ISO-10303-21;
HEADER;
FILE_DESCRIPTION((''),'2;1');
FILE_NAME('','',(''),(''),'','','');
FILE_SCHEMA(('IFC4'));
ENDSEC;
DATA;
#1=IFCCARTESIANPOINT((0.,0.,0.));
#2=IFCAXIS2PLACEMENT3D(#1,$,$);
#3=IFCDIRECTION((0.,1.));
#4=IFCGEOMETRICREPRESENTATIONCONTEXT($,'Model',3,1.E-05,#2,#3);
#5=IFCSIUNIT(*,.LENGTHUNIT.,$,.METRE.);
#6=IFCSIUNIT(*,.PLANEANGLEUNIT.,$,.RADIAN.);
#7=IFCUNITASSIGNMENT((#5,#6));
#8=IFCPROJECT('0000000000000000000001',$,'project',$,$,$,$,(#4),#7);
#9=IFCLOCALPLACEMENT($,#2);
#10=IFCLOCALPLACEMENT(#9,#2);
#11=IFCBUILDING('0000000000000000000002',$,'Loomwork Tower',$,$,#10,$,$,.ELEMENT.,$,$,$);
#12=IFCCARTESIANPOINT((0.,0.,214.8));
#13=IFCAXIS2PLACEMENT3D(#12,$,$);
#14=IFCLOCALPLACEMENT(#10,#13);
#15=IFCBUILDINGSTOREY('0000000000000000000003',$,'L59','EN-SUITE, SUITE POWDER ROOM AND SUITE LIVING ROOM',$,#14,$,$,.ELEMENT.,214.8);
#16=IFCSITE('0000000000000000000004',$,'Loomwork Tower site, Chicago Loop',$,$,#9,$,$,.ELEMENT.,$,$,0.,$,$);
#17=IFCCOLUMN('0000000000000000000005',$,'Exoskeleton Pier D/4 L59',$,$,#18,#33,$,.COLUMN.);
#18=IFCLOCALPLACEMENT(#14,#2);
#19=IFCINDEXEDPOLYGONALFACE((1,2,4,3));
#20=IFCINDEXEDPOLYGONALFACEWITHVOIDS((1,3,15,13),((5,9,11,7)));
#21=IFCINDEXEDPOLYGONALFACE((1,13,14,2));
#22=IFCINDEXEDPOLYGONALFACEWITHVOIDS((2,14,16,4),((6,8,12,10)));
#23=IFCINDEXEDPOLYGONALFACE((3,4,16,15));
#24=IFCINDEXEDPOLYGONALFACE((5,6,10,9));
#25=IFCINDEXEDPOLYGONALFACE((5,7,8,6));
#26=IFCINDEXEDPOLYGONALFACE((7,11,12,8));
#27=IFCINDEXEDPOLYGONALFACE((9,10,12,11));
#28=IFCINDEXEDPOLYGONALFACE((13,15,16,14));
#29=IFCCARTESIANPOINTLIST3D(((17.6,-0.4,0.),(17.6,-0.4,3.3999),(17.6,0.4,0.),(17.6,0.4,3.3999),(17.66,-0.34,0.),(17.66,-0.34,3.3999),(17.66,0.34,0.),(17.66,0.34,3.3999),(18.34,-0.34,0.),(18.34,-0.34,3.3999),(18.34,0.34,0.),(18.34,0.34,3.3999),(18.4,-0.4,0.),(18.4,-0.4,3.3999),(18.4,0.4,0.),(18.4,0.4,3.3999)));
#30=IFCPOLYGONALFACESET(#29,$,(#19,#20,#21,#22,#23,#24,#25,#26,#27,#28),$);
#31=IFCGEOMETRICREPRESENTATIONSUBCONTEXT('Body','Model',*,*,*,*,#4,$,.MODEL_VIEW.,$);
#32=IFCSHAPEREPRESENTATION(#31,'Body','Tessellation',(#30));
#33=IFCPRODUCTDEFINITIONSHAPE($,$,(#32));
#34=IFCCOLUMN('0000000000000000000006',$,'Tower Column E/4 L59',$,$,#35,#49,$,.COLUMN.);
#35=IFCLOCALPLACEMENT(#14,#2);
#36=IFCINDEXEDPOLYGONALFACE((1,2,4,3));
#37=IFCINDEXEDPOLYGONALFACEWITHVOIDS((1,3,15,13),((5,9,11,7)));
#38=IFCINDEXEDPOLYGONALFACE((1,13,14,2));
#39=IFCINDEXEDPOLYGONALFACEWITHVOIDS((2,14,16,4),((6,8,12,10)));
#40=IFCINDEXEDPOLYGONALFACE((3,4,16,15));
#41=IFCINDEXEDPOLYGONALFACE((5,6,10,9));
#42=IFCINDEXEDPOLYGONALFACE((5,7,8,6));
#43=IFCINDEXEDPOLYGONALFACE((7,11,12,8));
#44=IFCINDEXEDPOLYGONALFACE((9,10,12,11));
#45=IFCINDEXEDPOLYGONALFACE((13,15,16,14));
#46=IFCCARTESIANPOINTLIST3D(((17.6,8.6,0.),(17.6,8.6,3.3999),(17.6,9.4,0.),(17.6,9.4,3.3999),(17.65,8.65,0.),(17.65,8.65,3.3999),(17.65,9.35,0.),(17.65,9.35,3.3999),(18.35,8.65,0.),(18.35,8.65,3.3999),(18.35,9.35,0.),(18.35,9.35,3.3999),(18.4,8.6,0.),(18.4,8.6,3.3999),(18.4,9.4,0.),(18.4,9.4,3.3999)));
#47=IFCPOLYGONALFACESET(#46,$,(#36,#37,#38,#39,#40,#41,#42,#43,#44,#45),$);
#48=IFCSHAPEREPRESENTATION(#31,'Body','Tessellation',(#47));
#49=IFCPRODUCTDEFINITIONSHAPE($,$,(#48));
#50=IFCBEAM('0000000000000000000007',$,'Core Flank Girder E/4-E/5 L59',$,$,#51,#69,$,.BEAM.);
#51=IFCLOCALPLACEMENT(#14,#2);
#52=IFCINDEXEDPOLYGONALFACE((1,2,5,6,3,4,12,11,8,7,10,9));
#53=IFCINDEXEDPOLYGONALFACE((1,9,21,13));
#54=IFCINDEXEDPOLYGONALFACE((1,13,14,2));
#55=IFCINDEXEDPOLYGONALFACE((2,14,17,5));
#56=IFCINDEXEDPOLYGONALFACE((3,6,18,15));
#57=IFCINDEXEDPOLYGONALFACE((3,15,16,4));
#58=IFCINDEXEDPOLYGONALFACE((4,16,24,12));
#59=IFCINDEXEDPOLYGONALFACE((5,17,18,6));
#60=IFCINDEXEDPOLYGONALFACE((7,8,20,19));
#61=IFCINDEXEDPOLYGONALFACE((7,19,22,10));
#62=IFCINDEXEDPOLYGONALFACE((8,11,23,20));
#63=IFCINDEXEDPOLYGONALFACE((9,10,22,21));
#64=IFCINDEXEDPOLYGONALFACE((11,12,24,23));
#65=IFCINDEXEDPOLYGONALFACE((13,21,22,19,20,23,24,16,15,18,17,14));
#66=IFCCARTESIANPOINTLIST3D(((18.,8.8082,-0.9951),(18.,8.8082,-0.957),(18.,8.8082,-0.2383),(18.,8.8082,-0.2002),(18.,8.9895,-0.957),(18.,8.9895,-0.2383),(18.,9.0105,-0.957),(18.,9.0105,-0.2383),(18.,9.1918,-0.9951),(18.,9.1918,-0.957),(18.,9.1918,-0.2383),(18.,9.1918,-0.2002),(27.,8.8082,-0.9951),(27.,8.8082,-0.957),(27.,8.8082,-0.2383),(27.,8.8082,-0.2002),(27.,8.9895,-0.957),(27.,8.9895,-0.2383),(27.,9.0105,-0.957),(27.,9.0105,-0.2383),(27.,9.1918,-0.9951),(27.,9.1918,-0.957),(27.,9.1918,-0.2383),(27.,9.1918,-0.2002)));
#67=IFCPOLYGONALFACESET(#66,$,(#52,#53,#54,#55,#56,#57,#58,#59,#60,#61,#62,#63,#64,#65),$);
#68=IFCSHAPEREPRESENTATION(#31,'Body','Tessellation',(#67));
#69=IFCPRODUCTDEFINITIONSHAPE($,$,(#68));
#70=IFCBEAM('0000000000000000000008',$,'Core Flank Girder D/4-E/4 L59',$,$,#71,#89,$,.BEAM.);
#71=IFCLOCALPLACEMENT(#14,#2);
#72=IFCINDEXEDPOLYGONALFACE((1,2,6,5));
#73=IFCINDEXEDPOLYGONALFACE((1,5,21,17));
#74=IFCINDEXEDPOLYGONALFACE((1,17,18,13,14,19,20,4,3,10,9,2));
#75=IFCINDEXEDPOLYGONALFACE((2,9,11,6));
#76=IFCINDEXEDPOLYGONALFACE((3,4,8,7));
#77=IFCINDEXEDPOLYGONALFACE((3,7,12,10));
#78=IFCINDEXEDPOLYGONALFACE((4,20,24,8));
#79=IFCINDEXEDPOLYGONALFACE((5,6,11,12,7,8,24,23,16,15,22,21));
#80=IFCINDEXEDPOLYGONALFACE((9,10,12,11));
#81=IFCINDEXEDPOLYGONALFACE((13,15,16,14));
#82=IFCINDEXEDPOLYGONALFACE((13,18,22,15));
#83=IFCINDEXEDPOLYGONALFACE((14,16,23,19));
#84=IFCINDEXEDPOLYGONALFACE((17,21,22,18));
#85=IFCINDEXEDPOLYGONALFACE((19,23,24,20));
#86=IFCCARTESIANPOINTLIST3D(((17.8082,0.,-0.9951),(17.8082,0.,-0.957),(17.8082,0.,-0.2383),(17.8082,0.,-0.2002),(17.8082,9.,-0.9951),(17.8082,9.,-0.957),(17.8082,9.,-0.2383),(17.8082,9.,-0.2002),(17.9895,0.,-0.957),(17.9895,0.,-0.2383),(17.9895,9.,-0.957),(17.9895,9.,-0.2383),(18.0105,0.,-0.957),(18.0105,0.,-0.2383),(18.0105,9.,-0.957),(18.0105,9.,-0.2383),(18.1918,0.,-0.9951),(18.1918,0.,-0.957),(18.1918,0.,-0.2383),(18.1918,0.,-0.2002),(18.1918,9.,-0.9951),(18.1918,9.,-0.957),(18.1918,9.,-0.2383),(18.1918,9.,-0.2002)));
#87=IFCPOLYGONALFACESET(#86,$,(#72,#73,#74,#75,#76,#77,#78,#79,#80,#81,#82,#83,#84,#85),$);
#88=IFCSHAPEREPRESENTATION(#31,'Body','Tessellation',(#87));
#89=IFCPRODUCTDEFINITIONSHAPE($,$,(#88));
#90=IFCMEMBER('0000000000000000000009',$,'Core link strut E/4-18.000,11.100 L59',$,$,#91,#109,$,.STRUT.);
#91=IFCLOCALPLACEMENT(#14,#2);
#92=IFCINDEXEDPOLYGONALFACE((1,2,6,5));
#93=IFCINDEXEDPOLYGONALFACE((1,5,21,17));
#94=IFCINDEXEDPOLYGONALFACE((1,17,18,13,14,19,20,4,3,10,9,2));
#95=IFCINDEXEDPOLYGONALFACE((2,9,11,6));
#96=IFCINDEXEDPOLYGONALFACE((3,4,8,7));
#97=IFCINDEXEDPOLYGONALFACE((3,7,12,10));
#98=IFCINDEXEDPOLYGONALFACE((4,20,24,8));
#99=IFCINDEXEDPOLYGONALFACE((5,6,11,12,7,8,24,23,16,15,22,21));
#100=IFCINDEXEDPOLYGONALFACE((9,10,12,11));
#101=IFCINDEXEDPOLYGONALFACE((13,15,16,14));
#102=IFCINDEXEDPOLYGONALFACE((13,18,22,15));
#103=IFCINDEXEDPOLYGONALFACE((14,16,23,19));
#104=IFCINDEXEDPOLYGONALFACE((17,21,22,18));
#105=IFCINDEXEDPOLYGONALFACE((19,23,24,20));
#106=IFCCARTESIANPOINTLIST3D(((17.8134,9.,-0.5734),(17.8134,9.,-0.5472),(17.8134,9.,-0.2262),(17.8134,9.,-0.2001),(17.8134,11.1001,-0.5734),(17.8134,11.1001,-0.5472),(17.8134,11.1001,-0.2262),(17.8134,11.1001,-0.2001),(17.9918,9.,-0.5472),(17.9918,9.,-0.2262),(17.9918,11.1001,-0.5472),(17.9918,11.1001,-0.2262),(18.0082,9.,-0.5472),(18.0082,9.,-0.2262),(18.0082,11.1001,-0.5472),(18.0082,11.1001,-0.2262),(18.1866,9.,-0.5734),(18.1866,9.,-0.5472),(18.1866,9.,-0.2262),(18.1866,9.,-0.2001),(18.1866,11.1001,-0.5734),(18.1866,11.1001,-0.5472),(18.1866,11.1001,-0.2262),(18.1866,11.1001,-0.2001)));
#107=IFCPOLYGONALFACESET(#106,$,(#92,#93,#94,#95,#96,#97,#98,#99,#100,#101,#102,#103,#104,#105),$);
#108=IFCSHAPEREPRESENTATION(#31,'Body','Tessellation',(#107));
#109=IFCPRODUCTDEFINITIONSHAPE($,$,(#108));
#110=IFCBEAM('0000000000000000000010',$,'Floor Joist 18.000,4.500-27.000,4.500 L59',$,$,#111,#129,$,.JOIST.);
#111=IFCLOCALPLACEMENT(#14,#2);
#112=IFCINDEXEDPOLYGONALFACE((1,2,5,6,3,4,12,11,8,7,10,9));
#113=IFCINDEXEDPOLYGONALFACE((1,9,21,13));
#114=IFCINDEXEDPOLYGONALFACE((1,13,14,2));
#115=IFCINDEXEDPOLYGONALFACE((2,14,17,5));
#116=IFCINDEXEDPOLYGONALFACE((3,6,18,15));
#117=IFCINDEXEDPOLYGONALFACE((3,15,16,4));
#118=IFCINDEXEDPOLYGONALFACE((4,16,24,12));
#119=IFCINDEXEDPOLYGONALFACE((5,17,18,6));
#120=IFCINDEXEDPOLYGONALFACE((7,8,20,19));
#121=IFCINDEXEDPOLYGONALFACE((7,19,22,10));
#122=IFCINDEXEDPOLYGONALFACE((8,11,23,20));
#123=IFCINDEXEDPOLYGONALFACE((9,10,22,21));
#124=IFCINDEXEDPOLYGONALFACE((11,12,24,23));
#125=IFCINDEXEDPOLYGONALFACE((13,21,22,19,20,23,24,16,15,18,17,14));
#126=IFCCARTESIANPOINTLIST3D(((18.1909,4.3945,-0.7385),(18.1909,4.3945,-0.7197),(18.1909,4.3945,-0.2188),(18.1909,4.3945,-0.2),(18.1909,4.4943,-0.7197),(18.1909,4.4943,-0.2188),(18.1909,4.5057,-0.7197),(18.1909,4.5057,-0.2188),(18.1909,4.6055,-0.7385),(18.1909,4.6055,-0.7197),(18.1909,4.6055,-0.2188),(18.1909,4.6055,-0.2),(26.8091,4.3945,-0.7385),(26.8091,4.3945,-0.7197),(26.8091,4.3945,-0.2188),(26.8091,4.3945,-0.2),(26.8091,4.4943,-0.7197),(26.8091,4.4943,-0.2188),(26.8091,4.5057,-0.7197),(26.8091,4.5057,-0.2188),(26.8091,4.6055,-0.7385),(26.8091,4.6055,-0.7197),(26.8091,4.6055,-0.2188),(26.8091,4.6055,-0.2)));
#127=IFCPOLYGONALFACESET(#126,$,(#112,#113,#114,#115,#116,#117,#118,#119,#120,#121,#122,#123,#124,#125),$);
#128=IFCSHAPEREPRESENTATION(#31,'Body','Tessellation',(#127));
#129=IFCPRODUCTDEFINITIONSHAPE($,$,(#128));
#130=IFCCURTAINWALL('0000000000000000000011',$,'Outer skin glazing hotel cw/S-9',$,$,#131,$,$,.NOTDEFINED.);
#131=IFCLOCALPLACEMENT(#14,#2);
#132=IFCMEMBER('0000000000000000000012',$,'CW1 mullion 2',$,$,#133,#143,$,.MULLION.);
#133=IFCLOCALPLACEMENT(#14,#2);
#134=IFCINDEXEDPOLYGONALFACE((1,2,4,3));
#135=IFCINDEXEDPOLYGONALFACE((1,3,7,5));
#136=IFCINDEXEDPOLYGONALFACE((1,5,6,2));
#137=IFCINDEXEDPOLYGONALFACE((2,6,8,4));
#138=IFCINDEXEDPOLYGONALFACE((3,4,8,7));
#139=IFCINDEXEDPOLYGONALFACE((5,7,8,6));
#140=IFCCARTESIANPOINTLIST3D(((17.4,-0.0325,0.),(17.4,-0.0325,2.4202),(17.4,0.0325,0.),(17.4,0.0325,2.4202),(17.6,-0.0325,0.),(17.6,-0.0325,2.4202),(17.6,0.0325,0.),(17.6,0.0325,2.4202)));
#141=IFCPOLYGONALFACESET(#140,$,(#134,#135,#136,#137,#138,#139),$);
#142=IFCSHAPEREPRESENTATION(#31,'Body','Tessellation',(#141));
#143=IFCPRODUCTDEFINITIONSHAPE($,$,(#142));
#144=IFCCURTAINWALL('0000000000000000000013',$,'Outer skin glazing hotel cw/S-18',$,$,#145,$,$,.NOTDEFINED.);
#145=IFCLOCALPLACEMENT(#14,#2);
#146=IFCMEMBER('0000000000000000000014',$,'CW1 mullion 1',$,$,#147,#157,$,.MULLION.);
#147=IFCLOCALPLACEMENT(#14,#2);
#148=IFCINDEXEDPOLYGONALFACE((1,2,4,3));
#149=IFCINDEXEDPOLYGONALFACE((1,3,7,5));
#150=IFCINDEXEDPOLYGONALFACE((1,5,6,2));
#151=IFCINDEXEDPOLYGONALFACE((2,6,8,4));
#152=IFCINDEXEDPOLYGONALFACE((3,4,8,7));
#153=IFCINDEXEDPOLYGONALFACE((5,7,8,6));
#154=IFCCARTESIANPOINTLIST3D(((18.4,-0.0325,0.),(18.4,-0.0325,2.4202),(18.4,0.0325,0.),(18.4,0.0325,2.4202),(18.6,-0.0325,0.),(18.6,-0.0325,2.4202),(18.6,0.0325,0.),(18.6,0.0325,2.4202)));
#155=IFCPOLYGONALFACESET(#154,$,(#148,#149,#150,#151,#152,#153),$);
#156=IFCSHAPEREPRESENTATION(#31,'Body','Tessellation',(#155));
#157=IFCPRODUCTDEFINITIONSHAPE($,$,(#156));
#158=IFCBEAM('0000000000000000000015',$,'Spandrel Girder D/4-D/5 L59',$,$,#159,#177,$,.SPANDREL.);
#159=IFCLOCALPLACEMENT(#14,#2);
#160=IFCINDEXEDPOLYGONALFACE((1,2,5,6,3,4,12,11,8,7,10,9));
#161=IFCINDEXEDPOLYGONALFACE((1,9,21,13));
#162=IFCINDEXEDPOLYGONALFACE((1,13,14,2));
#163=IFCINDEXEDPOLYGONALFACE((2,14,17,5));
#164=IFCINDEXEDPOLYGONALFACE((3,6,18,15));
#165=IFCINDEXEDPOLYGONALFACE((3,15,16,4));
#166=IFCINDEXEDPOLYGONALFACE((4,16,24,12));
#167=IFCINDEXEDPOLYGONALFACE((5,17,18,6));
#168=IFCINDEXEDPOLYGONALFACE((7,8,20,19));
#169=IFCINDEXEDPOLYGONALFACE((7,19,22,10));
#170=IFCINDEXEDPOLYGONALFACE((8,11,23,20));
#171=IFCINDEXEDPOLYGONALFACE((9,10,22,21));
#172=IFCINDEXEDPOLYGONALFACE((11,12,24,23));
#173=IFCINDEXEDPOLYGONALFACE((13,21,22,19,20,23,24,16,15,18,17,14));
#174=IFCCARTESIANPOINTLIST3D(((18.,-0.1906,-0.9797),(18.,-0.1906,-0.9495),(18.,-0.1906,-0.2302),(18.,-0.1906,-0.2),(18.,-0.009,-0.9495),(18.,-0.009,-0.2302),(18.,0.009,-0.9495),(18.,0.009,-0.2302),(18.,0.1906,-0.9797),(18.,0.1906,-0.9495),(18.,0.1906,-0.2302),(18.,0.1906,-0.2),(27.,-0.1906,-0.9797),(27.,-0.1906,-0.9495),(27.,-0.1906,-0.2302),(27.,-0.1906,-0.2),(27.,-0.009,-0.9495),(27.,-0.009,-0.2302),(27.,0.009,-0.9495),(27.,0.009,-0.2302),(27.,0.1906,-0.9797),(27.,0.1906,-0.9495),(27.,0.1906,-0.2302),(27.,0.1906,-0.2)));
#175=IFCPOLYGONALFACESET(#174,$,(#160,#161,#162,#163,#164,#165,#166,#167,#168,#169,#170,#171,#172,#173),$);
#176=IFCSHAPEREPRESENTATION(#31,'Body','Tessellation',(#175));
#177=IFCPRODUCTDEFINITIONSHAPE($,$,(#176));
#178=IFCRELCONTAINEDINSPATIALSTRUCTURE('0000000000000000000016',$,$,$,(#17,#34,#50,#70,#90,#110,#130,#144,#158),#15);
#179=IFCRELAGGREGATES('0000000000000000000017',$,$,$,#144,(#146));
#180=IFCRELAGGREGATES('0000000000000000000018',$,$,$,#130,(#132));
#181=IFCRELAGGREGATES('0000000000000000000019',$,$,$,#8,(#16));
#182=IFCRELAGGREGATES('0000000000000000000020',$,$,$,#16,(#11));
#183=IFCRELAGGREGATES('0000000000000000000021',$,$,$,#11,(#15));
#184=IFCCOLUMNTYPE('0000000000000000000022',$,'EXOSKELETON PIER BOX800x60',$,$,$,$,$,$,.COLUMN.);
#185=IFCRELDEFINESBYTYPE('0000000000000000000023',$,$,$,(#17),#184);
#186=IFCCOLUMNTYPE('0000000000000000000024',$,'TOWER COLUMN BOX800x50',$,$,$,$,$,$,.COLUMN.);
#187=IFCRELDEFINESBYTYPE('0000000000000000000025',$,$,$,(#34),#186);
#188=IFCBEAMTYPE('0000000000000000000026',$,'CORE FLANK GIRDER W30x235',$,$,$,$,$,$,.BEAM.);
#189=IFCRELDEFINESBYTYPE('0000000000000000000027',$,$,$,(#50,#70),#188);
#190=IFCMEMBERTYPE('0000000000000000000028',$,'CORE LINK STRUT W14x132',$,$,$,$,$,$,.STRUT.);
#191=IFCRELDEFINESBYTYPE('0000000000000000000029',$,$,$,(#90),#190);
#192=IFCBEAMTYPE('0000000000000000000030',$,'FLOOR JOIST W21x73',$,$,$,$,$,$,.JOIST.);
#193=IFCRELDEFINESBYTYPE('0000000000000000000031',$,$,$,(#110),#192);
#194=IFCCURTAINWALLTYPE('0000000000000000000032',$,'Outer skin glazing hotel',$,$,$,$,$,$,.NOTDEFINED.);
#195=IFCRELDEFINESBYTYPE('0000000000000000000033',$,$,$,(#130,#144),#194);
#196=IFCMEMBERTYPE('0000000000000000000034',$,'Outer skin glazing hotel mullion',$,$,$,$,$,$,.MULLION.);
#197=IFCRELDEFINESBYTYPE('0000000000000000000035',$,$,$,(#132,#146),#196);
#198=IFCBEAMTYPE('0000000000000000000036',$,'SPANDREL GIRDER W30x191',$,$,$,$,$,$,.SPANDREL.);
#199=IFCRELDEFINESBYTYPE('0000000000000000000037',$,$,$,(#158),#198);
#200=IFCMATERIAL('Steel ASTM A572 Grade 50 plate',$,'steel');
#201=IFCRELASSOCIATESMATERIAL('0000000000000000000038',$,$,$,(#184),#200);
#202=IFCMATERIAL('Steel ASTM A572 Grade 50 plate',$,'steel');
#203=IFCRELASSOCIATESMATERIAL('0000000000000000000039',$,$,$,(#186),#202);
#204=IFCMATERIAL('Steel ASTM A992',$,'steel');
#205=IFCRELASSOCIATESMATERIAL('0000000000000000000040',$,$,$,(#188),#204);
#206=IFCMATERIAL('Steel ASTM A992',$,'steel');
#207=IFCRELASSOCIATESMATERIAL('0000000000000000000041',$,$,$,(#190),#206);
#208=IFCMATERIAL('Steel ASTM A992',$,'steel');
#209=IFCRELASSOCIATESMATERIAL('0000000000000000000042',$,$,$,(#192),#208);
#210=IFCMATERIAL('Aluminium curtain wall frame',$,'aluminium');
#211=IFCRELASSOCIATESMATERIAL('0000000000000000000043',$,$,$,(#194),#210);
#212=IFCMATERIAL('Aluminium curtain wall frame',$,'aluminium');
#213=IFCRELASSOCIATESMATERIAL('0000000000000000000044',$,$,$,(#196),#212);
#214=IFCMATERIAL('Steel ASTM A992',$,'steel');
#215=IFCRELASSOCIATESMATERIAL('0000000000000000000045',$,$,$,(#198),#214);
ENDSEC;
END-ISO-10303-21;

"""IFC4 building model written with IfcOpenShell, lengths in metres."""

from ifc_helpers import new_model, si_unit, direction, frame, origin, origin_2d, place, context, subcontext, project, spatial, rectangle, hollow_rectangle, i_section, extrude, material, material_profile, profile_set, type_object, element, aggregate, save


model = new_model("IFC4")

# Units and contexts
model_context = context("Model", 3, precision=1e-05, world=origin(), true_north=direction((0.0, 1.0)))
body_context = subcontext(model_context, "Body", "Model", "MODEL_VIEW")
ifc_project = project(units=[si_unit("LENGTHUNIT", "METRE"), si_unit("PLANEANGLEUNIT", "RADIAN")], contexts=[model_context])

# Site, building, storey
site_placement = place(None, origin())
site = spatial("IfcSite", under=ifc_project, at=site_placement, Name="Loomwork Tower site, Chicago Loop", CompositionType="ELEMENT", RefElevation=0.0)
building_placement = place(site_placement, origin())
building = spatial("IfcBuilding", under=site, at=building_placement, Name="Loomwork Tower", CompositionType="ELEMENT")
storey_placement = place(building_placement, frame((0.0, 0.0, 214.8)))
storey = spatial("IfcBuildingStorey", under=building, at=storey_placement, Name="L59", Description="EN-SUITE, SUITE POWDER ROOM AND SUITE LIVING ROOM", CompositionType="ELEMENT", Elevation=214.8)

# Columns
ifc_material_1 = material(Name="Steel ASTM A572 Grade 50 plate", Category="steel")
ifc_material_profile_1 = material_profile(ifc_material_1, hollow_rectangle(XDim=0.8, YDim=0.8, WallThickness=0.0601, at=origin_2d()), Name="BOX800x60")
ifc_profile_set_1 = profile_set([ifc_material_profile_1], Name="Steel ASTM A572 Grade 50 plate")
column_type_1 = type_object("IfcColumnType", Name="EXOSKELETON PIER BOX800x60", PredefinedType="COLUMN", material=ifc_profile_set_1)
column_1_placement = place(storey_placement, frame((18.0, 0.0, 0.0), z_axis=(0.0, 0.0, 1.0), x_axis=(1.0, 0.0, 0.0)))
element("IfcColumn", 1, at=column_1_placement, inside=storey, type_object=column_type_1, Name="Exoskeleton Pier D/4 L59", PredefinedType="COLUMN", context=body_context, shape_type="SweptSolid", body=[
    extrude(hollow_rectangle(XDim=0.8, YDim=0.8, WallThickness=0.0601, at=origin_2d()), origin(), (0.0, 0.0, 1.0), 3.3999),
])
ifc_material_2 = material(Name="Steel ASTM A572 Grade 50 plate", Category="steel")
ifc_material_profile_2 = material_profile(ifc_material_2, hollow_rectangle(XDim=0.8, YDim=0.8, WallThickness=0.05, at=origin_2d()), Name="BOX800x50")
ifc_profile_set_2 = profile_set([ifc_material_profile_2], Name="Steel ASTM A572 Grade 50 plate")
column_type_2 = type_object("IfcColumnType", Name="TOWER COLUMN BOX800x50", PredefinedType="COLUMN", material=ifc_profile_set_2)
column_2_placement = place(storey_placement, frame((18.0, 9.0, 0.0), z_axis=(0.0, 0.0, 1.0), x_axis=(1.0, 0.0, 0.0)))
element("IfcColumn", 2, at=column_2_placement, inside=storey, type_object=column_type_2, Name="Tower Column E/4 L59", PredefinedType="COLUMN", context=body_context, shape_type="SweptSolid", body=[
    extrude(hollow_rectangle(XDim=0.8, YDim=0.8, WallThickness=0.05, at=origin_2d()), origin(), (0.0, 0.0, 1.0), 3.3999),
])

# Beams
ifc_material_3 = material(Name="Steel ASTM A992", Category="steel")
ifc_material_profile_3 = material_profile(ifc_material_3, i_section(OverallWidth=0.3835, OverallDepth=0.7949, WebThickness=0.021, FlangeThickness=0.0381, at=origin_2d()), Name="W30x235")
ifc_profile_set_3 = profile_set([ifc_material_profile_3], Name="Steel ASTM A992")
beam_type_1 = type_object("IfcBeamType", Name="CORE FLANK GIRDER W30x235", PredefinedType="BEAM", material=ifc_profile_set_3)
for number, where, z_axis, x_axis, name in (
    (3, (18.0, 9.0, -0.5977), (1.0, 0.0, 0.0), (0.0, 1.0, 0.0), "Core Flank Girder E/4-E/5 L59"),
    (4, (18.0, 0.0, -0.5977), (0.0, 1.0, 0.0), (-1.0, 0.0, 0.0), "Core Flank Girder D/4-E/4 L59"),
):
    element("IfcBeam", number, at=place(storey_placement, frame(where, z_axis=z_axis, x_axis=x_axis)), inside=storey, type_object=beam_type_1, Name=name, PredefinedType="BEAM", context=body_context, shape_type="SweptSolid", body=[
        extrude(i_section(OverallWidth=0.3835, OverallDepth=0.7949, WebThickness=0.021, FlangeThickness=0.0381, at=origin_2d()), origin(), (0.0, 0.0, 1.0), 9.0),
    ])

# Member
ifc_material_4 = material(Name="Steel ASTM A992", Category="steel")
ifc_material_profile_4 = material_profile(ifc_material_4, i_section(OverallWidth=0.3733, OverallDepth=0.3733, WebThickness=0.0164, FlangeThickness=0.0261, at=origin_2d()), Name="W14x132")
ifc_profile_set_4 = profile_set([ifc_material_profile_4], Name="Steel ASTM A992")
member_type_1 = type_object("IfcMemberType", Name="CORE LINK STRUT W14x132", PredefinedType="STRUT", material=ifc_profile_set_4)
member_1_placement = place(storey_placement, frame((18.0, 9.0, -0.3867), z_axis=(0.0, 1.0, 0.0), x_axis=(-1.0, 0.0, 0.0)))
element("IfcMember", 5, at=member_1_placement, inside=storey, type_object=member_type_1, Name="Core link strut E/4-18.000,11.100 L59", PredefinedType="STRUT", context=body_context, shape_type="SweptSolid", body=[
    extrude(i_section(OverallWidth=0.3733, OverallDepth=0.3733, WebThickness=0.0164, FlangeThickness=0.0261, at=origin_2d()), origin(), (0.0, 0.0, 1.0), 2.1001),
])

# Beam
ifc_material_5 = material(Name="Steel ASTM A992", Category="steel")
ifc_material_profile_5 = material_profile(ifc_material_5, i_section(OverallWidth=0.2109, OverallDepth=0.5386, WebThickness=0.0115, FlangeThickness=0.0188, at=origin_2d()), Name="W21x73")
ifc_profile_set_5 = profile_set([ifc_material_profile_5], Name="Steel ASTM A992")
beam_type_2 = type_object("IfcBeamType", Name="FLOOR JOIST W21x73", PredefinedType="JOIST", material=ifc_profile_set_5)
beam_1_placement = place(storey_placement, frame((18.1909, 4.5, -0.4692), z_axis=(1.0, 0.0, 0.0), x_axis=(0.0, 1.0, 0.0)))
element("IfcBeam", 6, at=beam_1_placement, inside=storey, type_object=beam_type_2, Name="Floor Joist 18.000,4.500-27.000,4.500 L59", PredefinedType="JOIST", context=body_context, shape_type="SweptSolid", body=[
    extrude(i_section(OverallWidth=0.2109, OverallDepth=0.5386, WebThickness=0.0115, FlangeThickness=0.0188, at=origin_2d()), origin(), (0.0, 0.0, 1.0), 8.6182),
])

# Curtain walls, members
ifc_material_6 = material(Name="Aluminium curtain wall frame", Category="aluminium")
curtain_wall_type = type_object("IfcCurtainWallType", Name="Outer skin glazing hotel", PredefinedType="NOTDEFINED", material=ifc_material_6)
curtain_wall_1_placement = place(storey_placement, origin())
curtain_wall_1 = element("IfcCurtainWall", 7, at=curtain_wall_1_placement, inside=storey, type_object=curtain_wall_type, Name="Outer skin glazing hotel cw/S-9", PredefinedType="NOTDEFINED")
ifc_material_7 = material(Name="Aluminium curtain wall frame", Category="aluminium")
ifc_material_profile_6 = material_profile(ifc_material_7, rectangle(XDim=0.0649, YDim=0.2, at=origin_2d()), Name="AL 65x200")
ifc_profile_set_6 = profile_set([ifc_material_profile_6], Name="Aluminium curtain wall frame")
member_type_2 = type_object("IfcMemberType", Name="Outer skin glazing hotel mullion", PredefinedType="MULLION", material=ifc_profile_set_6)
member_2_placement = place(storey_placement, frame((17.5, 0.0, 0.0), z_axis=(0.0, 0.0, 1.0), x_axis=(0.0, 1.0, 0.0)))
member_2 = element("IfcMember", 8, at=member_2_placement, type_object=member_type_2, Name="CW1 mullion 2", PredefinedType="MULLION", context=body_context, shape_type="SweptSolid", body=[
    extrude(rectangle(XDim=0.0649, YDim=0.2, at=origin_2d()), origin(), (0.0, 0.0, 1.0), 2.4202),
])
curtain_wall_2_placement = place(storey_placement, origin())
curtain_wall_2 = element("IfcCurtainWall", 9, at=curtain_wall_2_placement, inside=storey, type_object=curtain_wall_type, Name="Outer skin glazing hotel cw/S-18", PredefinedType="NOTDEFINED")
member_3_placement = place(storey_placement, frame((18.5, 0.0, 0.0), z_axis=(0.0, 0.0, 1.0), x_axis=(0.0, 1.0, 0.0)))
member_3 = element("IfcMember", 10, at=member_3_placement, type_object=member_type_2, Name="CW1 mullion 1", PredefinedType="MULLION", context=body_context, shape_type="SweptSolid", body=[
    extrude(rectangle(XDim=0.0649, YDim=0.2, at=origin_2d()), origin(), (0.0, 0.0, 1.0), 2.4202),
])
aggregate(curtain_wall_2, [member_3])

# Beam
ifc_material_8 = material(Name="Steel ASTM A992", Category="steel")
ifc_material_profile_7 = material_profile(ifc_material_8, i_section(OverallWidth=0.3811, OverallDepth=0.7798, WebThickness=0.0181, FlangeThickness=0.0303, at=origin_2d()), Name="W30x191")
ifc_profile_set_7 = profile_set([ifc_material_profile_7], Name="Steel ASTM A992")
beam_type_3 = type_object("IfcBeamType", Name="SPANDREL GIRDER W30x191", PredefinedType="SPANDREL", material=ifc_profile_set_7)
beam_2_placement = place(storey_placement, frame((18.0, 0.0, -0.5898), z_axis=(1.0, 0.0, 0.0), x_axis=(0.0, 1.0, 0.0)))
element("IfcBeam", 11, at=beam_2_placement, inside=storey, type_object=beam_type_3, Name="Spandrel Girder D/4-D/5 L59", PredefinedType="SPANDREL", context=body_context, shape_type="SweptSolid", body=[
    extrude(i_section(OverallWidth=0.3811, OverallDepth=0.7798, WebThickness=0.0181, FlangeThickness=0.0303, at=origin_2d()), origin(), (0.0, 0.0, 1.0), 9.0),
])

aggregate(curtain_wall_1, [member_2])

save(model, "model.ifc")
